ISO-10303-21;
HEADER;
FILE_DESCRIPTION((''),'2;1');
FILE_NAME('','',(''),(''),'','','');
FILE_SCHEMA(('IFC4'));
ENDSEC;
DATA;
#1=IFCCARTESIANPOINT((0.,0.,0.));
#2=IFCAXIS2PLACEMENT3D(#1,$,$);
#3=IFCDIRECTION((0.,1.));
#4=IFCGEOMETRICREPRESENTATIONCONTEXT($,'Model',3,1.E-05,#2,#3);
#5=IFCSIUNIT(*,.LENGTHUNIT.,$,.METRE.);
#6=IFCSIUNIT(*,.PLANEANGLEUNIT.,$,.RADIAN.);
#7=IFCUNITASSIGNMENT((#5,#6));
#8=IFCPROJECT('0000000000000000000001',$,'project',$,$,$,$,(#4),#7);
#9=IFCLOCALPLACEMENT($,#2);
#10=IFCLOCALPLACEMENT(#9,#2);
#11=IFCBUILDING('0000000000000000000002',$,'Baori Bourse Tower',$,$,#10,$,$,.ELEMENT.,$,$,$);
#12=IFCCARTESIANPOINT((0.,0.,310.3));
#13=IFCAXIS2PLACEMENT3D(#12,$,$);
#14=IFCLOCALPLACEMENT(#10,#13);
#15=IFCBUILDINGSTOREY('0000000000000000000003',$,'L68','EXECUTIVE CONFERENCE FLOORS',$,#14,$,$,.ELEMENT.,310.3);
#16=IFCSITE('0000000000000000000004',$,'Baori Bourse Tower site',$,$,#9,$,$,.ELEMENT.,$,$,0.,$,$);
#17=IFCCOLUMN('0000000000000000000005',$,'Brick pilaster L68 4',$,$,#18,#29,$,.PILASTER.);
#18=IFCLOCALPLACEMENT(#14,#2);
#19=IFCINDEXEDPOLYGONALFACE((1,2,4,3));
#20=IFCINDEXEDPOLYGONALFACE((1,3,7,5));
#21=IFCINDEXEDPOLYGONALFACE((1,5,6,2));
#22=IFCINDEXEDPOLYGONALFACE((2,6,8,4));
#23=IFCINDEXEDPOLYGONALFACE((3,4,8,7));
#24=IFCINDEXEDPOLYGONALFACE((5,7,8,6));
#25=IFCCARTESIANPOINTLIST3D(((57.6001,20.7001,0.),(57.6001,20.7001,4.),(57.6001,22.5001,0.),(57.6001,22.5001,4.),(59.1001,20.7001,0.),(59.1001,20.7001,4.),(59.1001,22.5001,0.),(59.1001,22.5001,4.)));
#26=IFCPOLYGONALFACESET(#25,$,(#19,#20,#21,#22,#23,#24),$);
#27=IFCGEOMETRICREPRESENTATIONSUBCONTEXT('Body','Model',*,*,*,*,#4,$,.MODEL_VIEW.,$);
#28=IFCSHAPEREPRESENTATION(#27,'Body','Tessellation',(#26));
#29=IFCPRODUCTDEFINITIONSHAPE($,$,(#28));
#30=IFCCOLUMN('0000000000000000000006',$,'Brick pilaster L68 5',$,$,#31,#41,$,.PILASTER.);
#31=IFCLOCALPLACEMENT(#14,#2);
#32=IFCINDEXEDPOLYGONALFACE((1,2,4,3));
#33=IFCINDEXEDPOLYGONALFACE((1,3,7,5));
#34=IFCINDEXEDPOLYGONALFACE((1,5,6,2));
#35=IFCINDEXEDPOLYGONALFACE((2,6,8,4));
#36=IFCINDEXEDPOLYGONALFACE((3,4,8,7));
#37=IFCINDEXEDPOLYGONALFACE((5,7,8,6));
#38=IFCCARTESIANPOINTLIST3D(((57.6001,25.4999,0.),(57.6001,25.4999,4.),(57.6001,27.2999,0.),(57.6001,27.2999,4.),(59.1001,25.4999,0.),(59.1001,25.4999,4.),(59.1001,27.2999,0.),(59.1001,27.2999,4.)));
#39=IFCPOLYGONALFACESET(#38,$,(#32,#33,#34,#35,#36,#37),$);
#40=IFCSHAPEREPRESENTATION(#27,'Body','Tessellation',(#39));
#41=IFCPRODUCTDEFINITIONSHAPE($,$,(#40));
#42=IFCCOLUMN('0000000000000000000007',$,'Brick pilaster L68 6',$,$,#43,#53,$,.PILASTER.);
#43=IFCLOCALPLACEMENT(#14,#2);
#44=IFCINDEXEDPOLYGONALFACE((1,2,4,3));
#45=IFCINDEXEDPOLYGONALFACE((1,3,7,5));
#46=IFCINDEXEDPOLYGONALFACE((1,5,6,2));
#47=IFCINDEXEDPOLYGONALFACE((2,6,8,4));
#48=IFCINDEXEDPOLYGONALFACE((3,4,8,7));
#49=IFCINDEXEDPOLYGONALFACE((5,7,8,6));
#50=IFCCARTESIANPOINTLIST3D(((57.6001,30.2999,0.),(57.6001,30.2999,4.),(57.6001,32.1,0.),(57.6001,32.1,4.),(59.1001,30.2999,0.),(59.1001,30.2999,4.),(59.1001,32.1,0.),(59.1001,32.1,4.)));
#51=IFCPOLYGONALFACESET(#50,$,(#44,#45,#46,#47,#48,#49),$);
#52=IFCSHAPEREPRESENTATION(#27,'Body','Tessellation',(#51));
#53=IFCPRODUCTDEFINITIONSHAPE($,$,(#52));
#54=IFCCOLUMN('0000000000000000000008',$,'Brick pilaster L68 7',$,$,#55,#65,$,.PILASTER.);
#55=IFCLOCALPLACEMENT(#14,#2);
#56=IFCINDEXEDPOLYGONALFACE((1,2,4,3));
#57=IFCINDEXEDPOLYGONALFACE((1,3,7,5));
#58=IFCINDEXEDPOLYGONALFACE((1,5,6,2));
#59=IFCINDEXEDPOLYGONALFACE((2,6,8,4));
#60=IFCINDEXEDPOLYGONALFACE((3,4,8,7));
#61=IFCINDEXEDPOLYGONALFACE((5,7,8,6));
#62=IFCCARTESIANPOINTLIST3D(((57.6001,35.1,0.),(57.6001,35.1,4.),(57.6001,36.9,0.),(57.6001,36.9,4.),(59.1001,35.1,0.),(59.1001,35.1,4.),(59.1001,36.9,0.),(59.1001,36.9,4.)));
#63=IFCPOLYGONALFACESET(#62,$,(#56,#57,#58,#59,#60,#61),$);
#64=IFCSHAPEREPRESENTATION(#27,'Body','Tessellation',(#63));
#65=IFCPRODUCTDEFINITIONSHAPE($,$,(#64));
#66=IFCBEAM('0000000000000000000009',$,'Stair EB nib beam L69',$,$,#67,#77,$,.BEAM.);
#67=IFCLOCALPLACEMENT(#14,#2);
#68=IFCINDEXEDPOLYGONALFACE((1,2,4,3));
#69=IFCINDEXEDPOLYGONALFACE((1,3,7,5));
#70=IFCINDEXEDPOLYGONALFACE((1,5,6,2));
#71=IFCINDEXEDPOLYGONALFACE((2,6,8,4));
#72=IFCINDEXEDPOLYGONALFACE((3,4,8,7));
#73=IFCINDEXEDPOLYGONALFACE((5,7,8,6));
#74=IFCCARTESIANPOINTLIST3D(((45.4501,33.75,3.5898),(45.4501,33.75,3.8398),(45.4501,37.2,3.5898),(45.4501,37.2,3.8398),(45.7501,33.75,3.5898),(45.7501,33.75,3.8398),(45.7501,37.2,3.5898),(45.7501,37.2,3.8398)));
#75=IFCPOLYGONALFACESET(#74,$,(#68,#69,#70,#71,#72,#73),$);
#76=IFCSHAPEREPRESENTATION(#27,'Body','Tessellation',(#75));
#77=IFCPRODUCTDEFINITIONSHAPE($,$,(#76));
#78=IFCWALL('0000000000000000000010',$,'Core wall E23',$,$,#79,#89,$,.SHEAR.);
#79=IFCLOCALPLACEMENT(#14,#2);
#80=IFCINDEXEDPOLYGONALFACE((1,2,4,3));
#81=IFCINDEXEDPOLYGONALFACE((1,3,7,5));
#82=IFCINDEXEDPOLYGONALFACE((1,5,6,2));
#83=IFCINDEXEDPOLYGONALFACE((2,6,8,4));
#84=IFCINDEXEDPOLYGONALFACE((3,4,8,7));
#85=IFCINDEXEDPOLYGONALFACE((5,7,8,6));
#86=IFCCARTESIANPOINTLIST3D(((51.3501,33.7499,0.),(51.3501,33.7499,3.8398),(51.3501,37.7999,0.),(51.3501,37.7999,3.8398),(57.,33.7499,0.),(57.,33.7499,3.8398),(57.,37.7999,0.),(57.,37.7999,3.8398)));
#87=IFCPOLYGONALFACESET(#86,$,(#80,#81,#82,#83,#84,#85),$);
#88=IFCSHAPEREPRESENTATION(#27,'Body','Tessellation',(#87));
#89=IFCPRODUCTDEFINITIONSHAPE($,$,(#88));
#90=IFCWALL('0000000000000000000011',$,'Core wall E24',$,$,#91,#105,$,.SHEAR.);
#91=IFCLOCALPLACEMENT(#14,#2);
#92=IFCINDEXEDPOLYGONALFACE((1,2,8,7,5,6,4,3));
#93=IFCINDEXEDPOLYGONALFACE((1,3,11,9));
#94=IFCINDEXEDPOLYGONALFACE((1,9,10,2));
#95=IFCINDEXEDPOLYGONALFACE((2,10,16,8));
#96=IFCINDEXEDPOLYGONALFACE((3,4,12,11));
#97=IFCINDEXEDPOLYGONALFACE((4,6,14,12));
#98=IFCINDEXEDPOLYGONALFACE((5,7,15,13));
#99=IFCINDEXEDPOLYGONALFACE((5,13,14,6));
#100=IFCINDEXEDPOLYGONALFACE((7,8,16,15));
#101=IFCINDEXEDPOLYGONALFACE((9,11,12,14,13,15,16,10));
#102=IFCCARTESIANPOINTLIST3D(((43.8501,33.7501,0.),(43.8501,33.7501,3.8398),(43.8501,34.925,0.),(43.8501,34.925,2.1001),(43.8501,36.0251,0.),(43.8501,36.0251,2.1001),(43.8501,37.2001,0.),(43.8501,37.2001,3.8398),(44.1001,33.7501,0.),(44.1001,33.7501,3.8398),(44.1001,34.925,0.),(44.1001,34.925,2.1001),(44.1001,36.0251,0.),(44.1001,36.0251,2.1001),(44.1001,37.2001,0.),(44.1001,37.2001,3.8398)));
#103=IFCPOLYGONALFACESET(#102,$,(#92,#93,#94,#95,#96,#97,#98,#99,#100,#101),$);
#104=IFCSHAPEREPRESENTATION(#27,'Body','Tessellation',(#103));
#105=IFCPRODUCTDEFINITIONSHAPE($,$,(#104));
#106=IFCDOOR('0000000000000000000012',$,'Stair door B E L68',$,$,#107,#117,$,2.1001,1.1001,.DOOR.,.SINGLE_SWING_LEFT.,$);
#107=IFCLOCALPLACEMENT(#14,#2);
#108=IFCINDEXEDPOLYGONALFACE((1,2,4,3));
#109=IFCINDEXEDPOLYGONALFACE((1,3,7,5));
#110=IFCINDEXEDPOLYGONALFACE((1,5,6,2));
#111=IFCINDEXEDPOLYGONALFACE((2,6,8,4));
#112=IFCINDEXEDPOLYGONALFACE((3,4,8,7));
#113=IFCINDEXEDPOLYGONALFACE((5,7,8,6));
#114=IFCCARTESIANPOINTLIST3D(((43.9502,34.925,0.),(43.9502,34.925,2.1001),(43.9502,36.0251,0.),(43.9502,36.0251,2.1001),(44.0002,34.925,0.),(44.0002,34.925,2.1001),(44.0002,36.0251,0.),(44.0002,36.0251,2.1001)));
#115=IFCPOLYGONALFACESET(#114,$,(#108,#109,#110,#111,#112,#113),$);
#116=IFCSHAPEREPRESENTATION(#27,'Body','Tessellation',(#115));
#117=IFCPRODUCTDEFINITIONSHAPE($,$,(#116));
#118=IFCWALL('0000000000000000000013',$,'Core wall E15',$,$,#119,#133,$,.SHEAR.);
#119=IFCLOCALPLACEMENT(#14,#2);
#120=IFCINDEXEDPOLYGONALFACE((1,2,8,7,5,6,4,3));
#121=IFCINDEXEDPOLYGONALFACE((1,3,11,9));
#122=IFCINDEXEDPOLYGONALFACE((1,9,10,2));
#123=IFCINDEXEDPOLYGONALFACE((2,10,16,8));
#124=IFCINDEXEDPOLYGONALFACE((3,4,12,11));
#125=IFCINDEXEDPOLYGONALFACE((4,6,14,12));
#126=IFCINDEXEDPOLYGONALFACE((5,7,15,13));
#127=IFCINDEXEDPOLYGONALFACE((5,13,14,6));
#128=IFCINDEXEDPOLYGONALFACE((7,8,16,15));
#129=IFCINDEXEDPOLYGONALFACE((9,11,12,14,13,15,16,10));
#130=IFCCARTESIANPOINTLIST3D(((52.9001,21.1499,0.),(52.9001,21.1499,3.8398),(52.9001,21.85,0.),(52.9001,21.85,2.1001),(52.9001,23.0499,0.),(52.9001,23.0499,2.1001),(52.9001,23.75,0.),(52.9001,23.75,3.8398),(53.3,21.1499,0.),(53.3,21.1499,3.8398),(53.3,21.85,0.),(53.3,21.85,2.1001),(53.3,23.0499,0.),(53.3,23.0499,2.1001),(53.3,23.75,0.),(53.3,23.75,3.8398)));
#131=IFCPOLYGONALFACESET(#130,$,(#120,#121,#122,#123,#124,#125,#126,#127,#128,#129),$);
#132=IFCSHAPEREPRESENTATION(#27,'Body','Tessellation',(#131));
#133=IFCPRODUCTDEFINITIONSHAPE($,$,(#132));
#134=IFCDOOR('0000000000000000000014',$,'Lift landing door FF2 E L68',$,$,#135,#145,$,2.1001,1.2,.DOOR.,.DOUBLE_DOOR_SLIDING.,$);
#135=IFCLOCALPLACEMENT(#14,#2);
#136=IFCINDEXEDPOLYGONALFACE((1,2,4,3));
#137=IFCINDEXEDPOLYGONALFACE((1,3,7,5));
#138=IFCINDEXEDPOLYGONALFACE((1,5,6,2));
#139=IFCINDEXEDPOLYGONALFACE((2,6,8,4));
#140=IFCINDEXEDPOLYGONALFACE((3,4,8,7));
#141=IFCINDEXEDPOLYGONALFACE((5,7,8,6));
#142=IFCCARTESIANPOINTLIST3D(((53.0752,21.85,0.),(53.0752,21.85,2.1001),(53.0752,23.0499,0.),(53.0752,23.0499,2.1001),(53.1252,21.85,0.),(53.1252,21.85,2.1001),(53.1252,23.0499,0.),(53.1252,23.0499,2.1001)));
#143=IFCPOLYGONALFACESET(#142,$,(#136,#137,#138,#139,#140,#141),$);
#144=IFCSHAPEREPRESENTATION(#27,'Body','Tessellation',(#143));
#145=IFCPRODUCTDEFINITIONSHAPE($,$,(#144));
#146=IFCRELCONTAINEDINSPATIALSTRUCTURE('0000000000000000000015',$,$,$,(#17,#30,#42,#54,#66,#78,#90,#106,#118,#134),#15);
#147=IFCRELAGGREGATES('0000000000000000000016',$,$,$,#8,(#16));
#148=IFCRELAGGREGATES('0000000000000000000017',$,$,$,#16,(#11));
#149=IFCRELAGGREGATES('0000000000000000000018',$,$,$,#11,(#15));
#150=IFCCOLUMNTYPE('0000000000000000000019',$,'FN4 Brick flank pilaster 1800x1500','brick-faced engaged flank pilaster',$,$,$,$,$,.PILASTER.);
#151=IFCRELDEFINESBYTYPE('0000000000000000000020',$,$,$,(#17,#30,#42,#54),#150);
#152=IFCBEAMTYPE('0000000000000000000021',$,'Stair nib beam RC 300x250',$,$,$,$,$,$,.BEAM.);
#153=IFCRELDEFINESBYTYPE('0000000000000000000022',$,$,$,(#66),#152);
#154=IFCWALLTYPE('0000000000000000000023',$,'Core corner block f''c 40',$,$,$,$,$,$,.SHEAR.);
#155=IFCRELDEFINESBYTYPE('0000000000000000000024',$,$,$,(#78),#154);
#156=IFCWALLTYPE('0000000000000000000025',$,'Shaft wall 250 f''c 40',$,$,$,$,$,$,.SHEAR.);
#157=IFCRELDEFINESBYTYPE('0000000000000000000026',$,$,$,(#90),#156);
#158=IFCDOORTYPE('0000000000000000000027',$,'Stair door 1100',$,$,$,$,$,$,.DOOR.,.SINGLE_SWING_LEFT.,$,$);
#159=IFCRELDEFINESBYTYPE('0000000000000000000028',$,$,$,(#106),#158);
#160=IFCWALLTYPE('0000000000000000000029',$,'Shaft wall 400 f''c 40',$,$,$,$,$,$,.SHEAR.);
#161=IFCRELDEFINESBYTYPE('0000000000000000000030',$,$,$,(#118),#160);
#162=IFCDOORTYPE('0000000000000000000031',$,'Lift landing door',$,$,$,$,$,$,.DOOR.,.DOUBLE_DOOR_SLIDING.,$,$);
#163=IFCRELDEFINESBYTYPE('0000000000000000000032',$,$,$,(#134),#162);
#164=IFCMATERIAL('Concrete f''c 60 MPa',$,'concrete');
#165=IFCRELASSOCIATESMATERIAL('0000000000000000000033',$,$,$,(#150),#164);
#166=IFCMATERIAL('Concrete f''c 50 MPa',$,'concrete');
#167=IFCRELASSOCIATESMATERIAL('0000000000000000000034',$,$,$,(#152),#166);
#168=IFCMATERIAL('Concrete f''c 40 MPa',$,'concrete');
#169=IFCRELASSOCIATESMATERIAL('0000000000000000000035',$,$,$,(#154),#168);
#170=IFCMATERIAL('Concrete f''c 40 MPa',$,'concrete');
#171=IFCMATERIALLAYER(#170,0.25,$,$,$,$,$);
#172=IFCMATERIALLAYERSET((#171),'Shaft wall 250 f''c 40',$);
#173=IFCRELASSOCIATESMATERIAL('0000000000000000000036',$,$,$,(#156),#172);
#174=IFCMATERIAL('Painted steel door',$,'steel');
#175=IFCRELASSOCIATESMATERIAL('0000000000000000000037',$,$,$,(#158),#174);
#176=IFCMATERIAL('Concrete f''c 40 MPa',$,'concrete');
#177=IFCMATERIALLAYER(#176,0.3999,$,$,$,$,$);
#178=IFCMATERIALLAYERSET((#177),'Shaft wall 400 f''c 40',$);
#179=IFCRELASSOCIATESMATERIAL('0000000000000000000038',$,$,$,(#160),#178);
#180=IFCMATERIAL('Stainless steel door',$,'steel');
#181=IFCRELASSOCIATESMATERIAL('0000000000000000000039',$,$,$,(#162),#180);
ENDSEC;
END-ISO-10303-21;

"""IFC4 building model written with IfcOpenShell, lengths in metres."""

from ifc_helpers import new_model, si_unit, direction, frame, frame_2d, origin, origin_2d, place, context, subcontext, project, spatial, rectangle, extrude, material, layer, layer_set, material_profile, profile_set, type_object, element, fill, save


model = new_model("IFC4")

# Units and contexts
model_context = context("Model", 3, precision=1e-05, world=origin(), true_north=direction((0.0, 1.0)))
body_context = subcontext(model_context, "Body", "Model", "MODEL_VIEW")
ifc_project = project(units=[si_unit("LENGTHUNIT", "METRE"), si_unit("PLANEANGLEUNIT", "RADIAN")], contexts=[model_context])

# Site, building, storey
site_placement = place(None, origin())
site = spatial("IfcSite", under=ifc_project, at=site_placement, Name="Baori Bourse Tower site", CompositionType="ELEMENT", RefElevation=0.0)
building_placement = place(site_placement, origin())
building = spatial("IfcBuilding", under=site, at=building_placement, Name="Baori Bourse Tower", CompositionType="ELEMENT")
storey_placement = place(building_placement, frame((0.0, 0.0, 310.3)))
storey = spatial("IfcBuildingStorey", under=building, at=storey_placement, Name="L68", Description="EXECUTIVE CONFERENCE FLOORS", CompositionType="ELEMENT", Elevation=310.3)

# Columns
ifc_material_1 = material(Name="Concrete f'c 60 MPa", Category="concrete")
ifc_material_profile_1 = material_profile(ifc_material_1, rectangle(XDim=1.8, YDim=1.5, at=origin_2d()), Name="RC 1800x1500")
ifc_profile_set_1 = profile_set([ifc_material_profile_1], Name="Concrete f'c 60 MPa")
column_type = type_object("IfcColumnType", Name="FN4 Brick flank pilaster 1800x1500", Description="brick-faced engaged flank pilaster", PredefinedType="PILASTER", material=ifc_profile_set_1)
for number, where, z_axis, x_axis, name in (
    (1, (58.3501, 21.6001, 0.0), (0.0, 0.0, 1.0), (0.0, 1.0, 0.0), "Brick pilaster L68 4"),
    (2, (58.3501, 26.3999, 0.0), (0.0, 0.0, 1.0), (0.0, 1.0, 0.0), "Brick pilaster L68 5"),
    (3, (58.3501, 31.2, 0.0), (0.0, 0.0, 1.0), (0.0, 1.0, 0.0), "Brick pilaster L68 6"),
    (4, (58.3501, 36.0, 0.0), (0.0, 0.0, 1.0), (0.0, 1.0, 0.0), "Brick pilaster L68 7"),
):
    element("IfcColumn", number, at=place(storey_placement, frame(where, z_axis=z_axis, x_axis=x_axis)), inside=storey, type_object=column_type, Name=name, PredefinedType="PILASTER", context=body_context, shape_type="SweptSolid", body=[
        extrude(rectangle(XDim=1.8, YDim=1.5, at=origin_2d()), origin(), (0.0, 0.0, 1.0), 4.0),
    ])

# Beam
ifc_material_2 = material(Name="Concrete f'c 50 MPa", Category="concrete")
ifc_material_profile_2 = material_profile(ifc_material_2, rectangle(XDim=0.3, YDim=0.25, at=origin_2d()), Name="RC 300x250")
ifc_profile_set_2 = profile_set([ifc_material_profile_2], Name="Concrete f'c 50 MPa")
beam_type = type_object("IfcBeamType", Name="Stair nib beam RC 300x250", PredefinedType="BEAM", material=ifc_profile_set_2)
beam_placement = place(storey_placement, frame((45.6001, 33.75, 3.7148), z_axis=(0.0, 1.0, 0.0), x_axis=(-1.0, 0.0, 0.0)))
element("IfcBeam", 5, at=beam_placement, inside=storey, type_object=beam_type, Name="Stair EB nib beam L69", PredefinedType="BEAM", context=body_context, shape_type="SweptSolid", body=[
    extrude(rectangle(XDim=0.3, YDim=0.25, at=origin_2d()), origin(), (0.0, 0.0, 1.0), 3.45),
])

# Wall
ifc_material_3 = material(Name="Concrete f'c 40 MPa", Category="concrete")
wall_type_1 = type_object("IfcWallType", Name="Core corner block f'c 40", PredefinedType="SHEAR", material=ifc_material_3)
wall_1_placement = place(storey_placement, frame((51.3501, 35.7749, 0.0), z_axis=(0.0, 0.0, 1.0), x_axis=(1.0, 0.0, 0.0)))
element("IfcWall", 6, at=wall_1_placement, inside=storey, type_object=wall_type_1, Name="Core wall E23", PredefinedType="SHEAR", context=body_context, shape_type="SweptSolid", body=[
    extrude(rectangle(XDim=5.6499, YDim=4.05, at=frame_2d((2.825, 0.0))), origin(), (0.0, 0.0, 1.0), 3.8398),
])

# Walls, openings, doors
ifc_material_4 = material(Name="Concrete f'c 40 MPa", Category="concrete")
ifc_layer_1 = layer(ifc_material_4, 0.25)
ifc_layer_set_1 = layer_set([ifc_layer_1], Name="Shaft wall 250 f'c 40")
wall_type_2 = type_object("IfcWallType", Name="Shaft wall 250 f'c 40", PredefinedType="SHEAR", material=ifc_layer_set_1)
wall_2_placement = place(storey_placement, frame((43.9751, 33.75, 0.0), z_axis=(0.0, 0.0, 1.0), x_axis=(0.0, 1.0, 0.0)))
wall_2 = element("IfcWall", 7, at=wall_2_placement, inside=storey, type_object=wall_type_2, Name="Core wall E24", PredefinedType="SHEAR", context=body_context, shape_type="SweptSolid", body=[
    extrude(rectangle(XDim=3.45, YDim=0.25, at=frame_2d((1.7251, 0.0))), origin(), (0.0, 0.0, 1.0), 3.8398),
])
opening_1_placement = place(wall_2_placement, frame((1.175, 0.0, 0.0)))
opening_1 = element("IfcOpeningElement", 8, at=opening_1_placement, cuts=wall_2, PredefinedType="OPENING", context=body_context, shape_type="SweptSolid", body=[
    extrude(rectangle(XDim=1.1001, YDim=2.1001, at=frame_2d((0.55, 1.05))), frame((0.0, 0.135, 0.0), z_axis=(0.0, -1.0, 0.0), x_axis=(1.0, 0.0, 0.0)), (0.0, 0.0, 1.0), 0.27),
])
ifc_material_5 = material(Name="Painted steel door", Category="steel")
door_type_1 = type_object("IfcDoorType", Name="Stair door 1100", OperationType="SINGLE_SWING_LEFT", PredefinedType="DOOR", material=ifc_material_5)
door_1_placement = place(opening_1_placement, origin())
door_1 = element("IfcDoor", 9, at=door_1_placement, inside=storey, type_object=door_type_1, Name="Stair door B E L68", OperationType="SINGLE_SWING_LEFT", OverallHeight=2.1001, OverallWidth=1.1001, PredefinedType="DOOR", context=body_context, shape_type="SweptSolid", body=[
    extrude(rectangle(XDim=1.1001, YDim=2.1001, at=frame_2d((0.55, 1.05))), frame((0.0, 0.0249, 0.0), z_axis=(0.0, -1.0, 0.0), x_axis=(1.0, 0.0, 0.0)), (0.0, 0.0, 1.0), 0.05),
])
fill(opening_1, door_1)
ifc_material_6 = material(Name="Concrete f'c 40 MPa", Category="concrete")
ifc_layer_2 = layer(ifc_material_6, 0.3999)
ifc_layer_set_2 = layer_set([ifc_layer_2], Name="Shaft wall 400 f'c 40")
wall_type_3 = type_object("IfcWallType", Name="Shaft wall 400 f'c 40", PredefinedType="SHEAR", material=ifc_layer_set_2)
wall_3_placement = place(storey_placement, frame((53.1001, 21.1499, 0.0), z_axis=(0.0, 0.0, 1.0), x_axis=(0.0, 1.0, 0.0)))
wall_3 = element("IfcWall", 10, at=wall_3_placement, inside=storey, type_object=wall_type_3, Name="Core wall E15", PredefinedType="SHEAR", context=body_context, shape_type="SweptSolid", body=[
    extrude(rectangle(XDim=2.6001, YDim=0.3999, at=frame_2d((1.3, 0.0))), origin(), (0.0, 0.0, 1.0), 3.8398),
])
opening_2_placement = place(wall_3_placement, frame((0.7, 0.0, 0.0)))
opening_2 = element("IfcOpeningElement", 11, at=opening_2_placement, cuts=wall_3, PredefinedType="OPENING", context=body_context, shape_type="SweptSolid", body=[
    extrude(rectangle(XDim=1.2, YDim=2.1001, at=frame_2d((0.6001, 1.05))), frame((0.0, 0.21, 0.0), z_axis=(0.0, -1.0, 0.0), x_axis=(1.0, 0.0, 0.0)), (0.0, 0.0, 1.0), 0.4199),
])
ifc_material_7 = material(Name="Stainless steel door", Category="steel")
door_type_2 = type_object("IfcDoorType", Name="Lift landing door", OperationType="DOUBLE_DOOR_SLIDING", PredefinedType="DOOR", material=ifc_material_7)
door_2_placement = place(opening_2_placement, origin())
door_2 = element("IfcDoor", 12, at=door_2_placement, inside=storey, type_object=door_type_2, Name="Lift landing door FF2 E L68", OperationType="DOUBLE_DOOR_SLIDING", OverallHeight=2.1001, OverallWidth=1.2, PredefinedType="DOOR", context=body_context, shape_type="SweptSolid", body=[
    extrude(rectangle(XDim=1.2, YDim=2.1001, at=frame_2d((0.6001, 1.05))), frame((0.0, 0.0249, 0.0), z_axis=(0.0, -1.0, 0.0), x_axis=(1.0, 0.0, 0.0)), (0.0, 0.0, 1.0), 0.05),
])
fill(opening_2, door_2)

save(model, "model.ifc")
